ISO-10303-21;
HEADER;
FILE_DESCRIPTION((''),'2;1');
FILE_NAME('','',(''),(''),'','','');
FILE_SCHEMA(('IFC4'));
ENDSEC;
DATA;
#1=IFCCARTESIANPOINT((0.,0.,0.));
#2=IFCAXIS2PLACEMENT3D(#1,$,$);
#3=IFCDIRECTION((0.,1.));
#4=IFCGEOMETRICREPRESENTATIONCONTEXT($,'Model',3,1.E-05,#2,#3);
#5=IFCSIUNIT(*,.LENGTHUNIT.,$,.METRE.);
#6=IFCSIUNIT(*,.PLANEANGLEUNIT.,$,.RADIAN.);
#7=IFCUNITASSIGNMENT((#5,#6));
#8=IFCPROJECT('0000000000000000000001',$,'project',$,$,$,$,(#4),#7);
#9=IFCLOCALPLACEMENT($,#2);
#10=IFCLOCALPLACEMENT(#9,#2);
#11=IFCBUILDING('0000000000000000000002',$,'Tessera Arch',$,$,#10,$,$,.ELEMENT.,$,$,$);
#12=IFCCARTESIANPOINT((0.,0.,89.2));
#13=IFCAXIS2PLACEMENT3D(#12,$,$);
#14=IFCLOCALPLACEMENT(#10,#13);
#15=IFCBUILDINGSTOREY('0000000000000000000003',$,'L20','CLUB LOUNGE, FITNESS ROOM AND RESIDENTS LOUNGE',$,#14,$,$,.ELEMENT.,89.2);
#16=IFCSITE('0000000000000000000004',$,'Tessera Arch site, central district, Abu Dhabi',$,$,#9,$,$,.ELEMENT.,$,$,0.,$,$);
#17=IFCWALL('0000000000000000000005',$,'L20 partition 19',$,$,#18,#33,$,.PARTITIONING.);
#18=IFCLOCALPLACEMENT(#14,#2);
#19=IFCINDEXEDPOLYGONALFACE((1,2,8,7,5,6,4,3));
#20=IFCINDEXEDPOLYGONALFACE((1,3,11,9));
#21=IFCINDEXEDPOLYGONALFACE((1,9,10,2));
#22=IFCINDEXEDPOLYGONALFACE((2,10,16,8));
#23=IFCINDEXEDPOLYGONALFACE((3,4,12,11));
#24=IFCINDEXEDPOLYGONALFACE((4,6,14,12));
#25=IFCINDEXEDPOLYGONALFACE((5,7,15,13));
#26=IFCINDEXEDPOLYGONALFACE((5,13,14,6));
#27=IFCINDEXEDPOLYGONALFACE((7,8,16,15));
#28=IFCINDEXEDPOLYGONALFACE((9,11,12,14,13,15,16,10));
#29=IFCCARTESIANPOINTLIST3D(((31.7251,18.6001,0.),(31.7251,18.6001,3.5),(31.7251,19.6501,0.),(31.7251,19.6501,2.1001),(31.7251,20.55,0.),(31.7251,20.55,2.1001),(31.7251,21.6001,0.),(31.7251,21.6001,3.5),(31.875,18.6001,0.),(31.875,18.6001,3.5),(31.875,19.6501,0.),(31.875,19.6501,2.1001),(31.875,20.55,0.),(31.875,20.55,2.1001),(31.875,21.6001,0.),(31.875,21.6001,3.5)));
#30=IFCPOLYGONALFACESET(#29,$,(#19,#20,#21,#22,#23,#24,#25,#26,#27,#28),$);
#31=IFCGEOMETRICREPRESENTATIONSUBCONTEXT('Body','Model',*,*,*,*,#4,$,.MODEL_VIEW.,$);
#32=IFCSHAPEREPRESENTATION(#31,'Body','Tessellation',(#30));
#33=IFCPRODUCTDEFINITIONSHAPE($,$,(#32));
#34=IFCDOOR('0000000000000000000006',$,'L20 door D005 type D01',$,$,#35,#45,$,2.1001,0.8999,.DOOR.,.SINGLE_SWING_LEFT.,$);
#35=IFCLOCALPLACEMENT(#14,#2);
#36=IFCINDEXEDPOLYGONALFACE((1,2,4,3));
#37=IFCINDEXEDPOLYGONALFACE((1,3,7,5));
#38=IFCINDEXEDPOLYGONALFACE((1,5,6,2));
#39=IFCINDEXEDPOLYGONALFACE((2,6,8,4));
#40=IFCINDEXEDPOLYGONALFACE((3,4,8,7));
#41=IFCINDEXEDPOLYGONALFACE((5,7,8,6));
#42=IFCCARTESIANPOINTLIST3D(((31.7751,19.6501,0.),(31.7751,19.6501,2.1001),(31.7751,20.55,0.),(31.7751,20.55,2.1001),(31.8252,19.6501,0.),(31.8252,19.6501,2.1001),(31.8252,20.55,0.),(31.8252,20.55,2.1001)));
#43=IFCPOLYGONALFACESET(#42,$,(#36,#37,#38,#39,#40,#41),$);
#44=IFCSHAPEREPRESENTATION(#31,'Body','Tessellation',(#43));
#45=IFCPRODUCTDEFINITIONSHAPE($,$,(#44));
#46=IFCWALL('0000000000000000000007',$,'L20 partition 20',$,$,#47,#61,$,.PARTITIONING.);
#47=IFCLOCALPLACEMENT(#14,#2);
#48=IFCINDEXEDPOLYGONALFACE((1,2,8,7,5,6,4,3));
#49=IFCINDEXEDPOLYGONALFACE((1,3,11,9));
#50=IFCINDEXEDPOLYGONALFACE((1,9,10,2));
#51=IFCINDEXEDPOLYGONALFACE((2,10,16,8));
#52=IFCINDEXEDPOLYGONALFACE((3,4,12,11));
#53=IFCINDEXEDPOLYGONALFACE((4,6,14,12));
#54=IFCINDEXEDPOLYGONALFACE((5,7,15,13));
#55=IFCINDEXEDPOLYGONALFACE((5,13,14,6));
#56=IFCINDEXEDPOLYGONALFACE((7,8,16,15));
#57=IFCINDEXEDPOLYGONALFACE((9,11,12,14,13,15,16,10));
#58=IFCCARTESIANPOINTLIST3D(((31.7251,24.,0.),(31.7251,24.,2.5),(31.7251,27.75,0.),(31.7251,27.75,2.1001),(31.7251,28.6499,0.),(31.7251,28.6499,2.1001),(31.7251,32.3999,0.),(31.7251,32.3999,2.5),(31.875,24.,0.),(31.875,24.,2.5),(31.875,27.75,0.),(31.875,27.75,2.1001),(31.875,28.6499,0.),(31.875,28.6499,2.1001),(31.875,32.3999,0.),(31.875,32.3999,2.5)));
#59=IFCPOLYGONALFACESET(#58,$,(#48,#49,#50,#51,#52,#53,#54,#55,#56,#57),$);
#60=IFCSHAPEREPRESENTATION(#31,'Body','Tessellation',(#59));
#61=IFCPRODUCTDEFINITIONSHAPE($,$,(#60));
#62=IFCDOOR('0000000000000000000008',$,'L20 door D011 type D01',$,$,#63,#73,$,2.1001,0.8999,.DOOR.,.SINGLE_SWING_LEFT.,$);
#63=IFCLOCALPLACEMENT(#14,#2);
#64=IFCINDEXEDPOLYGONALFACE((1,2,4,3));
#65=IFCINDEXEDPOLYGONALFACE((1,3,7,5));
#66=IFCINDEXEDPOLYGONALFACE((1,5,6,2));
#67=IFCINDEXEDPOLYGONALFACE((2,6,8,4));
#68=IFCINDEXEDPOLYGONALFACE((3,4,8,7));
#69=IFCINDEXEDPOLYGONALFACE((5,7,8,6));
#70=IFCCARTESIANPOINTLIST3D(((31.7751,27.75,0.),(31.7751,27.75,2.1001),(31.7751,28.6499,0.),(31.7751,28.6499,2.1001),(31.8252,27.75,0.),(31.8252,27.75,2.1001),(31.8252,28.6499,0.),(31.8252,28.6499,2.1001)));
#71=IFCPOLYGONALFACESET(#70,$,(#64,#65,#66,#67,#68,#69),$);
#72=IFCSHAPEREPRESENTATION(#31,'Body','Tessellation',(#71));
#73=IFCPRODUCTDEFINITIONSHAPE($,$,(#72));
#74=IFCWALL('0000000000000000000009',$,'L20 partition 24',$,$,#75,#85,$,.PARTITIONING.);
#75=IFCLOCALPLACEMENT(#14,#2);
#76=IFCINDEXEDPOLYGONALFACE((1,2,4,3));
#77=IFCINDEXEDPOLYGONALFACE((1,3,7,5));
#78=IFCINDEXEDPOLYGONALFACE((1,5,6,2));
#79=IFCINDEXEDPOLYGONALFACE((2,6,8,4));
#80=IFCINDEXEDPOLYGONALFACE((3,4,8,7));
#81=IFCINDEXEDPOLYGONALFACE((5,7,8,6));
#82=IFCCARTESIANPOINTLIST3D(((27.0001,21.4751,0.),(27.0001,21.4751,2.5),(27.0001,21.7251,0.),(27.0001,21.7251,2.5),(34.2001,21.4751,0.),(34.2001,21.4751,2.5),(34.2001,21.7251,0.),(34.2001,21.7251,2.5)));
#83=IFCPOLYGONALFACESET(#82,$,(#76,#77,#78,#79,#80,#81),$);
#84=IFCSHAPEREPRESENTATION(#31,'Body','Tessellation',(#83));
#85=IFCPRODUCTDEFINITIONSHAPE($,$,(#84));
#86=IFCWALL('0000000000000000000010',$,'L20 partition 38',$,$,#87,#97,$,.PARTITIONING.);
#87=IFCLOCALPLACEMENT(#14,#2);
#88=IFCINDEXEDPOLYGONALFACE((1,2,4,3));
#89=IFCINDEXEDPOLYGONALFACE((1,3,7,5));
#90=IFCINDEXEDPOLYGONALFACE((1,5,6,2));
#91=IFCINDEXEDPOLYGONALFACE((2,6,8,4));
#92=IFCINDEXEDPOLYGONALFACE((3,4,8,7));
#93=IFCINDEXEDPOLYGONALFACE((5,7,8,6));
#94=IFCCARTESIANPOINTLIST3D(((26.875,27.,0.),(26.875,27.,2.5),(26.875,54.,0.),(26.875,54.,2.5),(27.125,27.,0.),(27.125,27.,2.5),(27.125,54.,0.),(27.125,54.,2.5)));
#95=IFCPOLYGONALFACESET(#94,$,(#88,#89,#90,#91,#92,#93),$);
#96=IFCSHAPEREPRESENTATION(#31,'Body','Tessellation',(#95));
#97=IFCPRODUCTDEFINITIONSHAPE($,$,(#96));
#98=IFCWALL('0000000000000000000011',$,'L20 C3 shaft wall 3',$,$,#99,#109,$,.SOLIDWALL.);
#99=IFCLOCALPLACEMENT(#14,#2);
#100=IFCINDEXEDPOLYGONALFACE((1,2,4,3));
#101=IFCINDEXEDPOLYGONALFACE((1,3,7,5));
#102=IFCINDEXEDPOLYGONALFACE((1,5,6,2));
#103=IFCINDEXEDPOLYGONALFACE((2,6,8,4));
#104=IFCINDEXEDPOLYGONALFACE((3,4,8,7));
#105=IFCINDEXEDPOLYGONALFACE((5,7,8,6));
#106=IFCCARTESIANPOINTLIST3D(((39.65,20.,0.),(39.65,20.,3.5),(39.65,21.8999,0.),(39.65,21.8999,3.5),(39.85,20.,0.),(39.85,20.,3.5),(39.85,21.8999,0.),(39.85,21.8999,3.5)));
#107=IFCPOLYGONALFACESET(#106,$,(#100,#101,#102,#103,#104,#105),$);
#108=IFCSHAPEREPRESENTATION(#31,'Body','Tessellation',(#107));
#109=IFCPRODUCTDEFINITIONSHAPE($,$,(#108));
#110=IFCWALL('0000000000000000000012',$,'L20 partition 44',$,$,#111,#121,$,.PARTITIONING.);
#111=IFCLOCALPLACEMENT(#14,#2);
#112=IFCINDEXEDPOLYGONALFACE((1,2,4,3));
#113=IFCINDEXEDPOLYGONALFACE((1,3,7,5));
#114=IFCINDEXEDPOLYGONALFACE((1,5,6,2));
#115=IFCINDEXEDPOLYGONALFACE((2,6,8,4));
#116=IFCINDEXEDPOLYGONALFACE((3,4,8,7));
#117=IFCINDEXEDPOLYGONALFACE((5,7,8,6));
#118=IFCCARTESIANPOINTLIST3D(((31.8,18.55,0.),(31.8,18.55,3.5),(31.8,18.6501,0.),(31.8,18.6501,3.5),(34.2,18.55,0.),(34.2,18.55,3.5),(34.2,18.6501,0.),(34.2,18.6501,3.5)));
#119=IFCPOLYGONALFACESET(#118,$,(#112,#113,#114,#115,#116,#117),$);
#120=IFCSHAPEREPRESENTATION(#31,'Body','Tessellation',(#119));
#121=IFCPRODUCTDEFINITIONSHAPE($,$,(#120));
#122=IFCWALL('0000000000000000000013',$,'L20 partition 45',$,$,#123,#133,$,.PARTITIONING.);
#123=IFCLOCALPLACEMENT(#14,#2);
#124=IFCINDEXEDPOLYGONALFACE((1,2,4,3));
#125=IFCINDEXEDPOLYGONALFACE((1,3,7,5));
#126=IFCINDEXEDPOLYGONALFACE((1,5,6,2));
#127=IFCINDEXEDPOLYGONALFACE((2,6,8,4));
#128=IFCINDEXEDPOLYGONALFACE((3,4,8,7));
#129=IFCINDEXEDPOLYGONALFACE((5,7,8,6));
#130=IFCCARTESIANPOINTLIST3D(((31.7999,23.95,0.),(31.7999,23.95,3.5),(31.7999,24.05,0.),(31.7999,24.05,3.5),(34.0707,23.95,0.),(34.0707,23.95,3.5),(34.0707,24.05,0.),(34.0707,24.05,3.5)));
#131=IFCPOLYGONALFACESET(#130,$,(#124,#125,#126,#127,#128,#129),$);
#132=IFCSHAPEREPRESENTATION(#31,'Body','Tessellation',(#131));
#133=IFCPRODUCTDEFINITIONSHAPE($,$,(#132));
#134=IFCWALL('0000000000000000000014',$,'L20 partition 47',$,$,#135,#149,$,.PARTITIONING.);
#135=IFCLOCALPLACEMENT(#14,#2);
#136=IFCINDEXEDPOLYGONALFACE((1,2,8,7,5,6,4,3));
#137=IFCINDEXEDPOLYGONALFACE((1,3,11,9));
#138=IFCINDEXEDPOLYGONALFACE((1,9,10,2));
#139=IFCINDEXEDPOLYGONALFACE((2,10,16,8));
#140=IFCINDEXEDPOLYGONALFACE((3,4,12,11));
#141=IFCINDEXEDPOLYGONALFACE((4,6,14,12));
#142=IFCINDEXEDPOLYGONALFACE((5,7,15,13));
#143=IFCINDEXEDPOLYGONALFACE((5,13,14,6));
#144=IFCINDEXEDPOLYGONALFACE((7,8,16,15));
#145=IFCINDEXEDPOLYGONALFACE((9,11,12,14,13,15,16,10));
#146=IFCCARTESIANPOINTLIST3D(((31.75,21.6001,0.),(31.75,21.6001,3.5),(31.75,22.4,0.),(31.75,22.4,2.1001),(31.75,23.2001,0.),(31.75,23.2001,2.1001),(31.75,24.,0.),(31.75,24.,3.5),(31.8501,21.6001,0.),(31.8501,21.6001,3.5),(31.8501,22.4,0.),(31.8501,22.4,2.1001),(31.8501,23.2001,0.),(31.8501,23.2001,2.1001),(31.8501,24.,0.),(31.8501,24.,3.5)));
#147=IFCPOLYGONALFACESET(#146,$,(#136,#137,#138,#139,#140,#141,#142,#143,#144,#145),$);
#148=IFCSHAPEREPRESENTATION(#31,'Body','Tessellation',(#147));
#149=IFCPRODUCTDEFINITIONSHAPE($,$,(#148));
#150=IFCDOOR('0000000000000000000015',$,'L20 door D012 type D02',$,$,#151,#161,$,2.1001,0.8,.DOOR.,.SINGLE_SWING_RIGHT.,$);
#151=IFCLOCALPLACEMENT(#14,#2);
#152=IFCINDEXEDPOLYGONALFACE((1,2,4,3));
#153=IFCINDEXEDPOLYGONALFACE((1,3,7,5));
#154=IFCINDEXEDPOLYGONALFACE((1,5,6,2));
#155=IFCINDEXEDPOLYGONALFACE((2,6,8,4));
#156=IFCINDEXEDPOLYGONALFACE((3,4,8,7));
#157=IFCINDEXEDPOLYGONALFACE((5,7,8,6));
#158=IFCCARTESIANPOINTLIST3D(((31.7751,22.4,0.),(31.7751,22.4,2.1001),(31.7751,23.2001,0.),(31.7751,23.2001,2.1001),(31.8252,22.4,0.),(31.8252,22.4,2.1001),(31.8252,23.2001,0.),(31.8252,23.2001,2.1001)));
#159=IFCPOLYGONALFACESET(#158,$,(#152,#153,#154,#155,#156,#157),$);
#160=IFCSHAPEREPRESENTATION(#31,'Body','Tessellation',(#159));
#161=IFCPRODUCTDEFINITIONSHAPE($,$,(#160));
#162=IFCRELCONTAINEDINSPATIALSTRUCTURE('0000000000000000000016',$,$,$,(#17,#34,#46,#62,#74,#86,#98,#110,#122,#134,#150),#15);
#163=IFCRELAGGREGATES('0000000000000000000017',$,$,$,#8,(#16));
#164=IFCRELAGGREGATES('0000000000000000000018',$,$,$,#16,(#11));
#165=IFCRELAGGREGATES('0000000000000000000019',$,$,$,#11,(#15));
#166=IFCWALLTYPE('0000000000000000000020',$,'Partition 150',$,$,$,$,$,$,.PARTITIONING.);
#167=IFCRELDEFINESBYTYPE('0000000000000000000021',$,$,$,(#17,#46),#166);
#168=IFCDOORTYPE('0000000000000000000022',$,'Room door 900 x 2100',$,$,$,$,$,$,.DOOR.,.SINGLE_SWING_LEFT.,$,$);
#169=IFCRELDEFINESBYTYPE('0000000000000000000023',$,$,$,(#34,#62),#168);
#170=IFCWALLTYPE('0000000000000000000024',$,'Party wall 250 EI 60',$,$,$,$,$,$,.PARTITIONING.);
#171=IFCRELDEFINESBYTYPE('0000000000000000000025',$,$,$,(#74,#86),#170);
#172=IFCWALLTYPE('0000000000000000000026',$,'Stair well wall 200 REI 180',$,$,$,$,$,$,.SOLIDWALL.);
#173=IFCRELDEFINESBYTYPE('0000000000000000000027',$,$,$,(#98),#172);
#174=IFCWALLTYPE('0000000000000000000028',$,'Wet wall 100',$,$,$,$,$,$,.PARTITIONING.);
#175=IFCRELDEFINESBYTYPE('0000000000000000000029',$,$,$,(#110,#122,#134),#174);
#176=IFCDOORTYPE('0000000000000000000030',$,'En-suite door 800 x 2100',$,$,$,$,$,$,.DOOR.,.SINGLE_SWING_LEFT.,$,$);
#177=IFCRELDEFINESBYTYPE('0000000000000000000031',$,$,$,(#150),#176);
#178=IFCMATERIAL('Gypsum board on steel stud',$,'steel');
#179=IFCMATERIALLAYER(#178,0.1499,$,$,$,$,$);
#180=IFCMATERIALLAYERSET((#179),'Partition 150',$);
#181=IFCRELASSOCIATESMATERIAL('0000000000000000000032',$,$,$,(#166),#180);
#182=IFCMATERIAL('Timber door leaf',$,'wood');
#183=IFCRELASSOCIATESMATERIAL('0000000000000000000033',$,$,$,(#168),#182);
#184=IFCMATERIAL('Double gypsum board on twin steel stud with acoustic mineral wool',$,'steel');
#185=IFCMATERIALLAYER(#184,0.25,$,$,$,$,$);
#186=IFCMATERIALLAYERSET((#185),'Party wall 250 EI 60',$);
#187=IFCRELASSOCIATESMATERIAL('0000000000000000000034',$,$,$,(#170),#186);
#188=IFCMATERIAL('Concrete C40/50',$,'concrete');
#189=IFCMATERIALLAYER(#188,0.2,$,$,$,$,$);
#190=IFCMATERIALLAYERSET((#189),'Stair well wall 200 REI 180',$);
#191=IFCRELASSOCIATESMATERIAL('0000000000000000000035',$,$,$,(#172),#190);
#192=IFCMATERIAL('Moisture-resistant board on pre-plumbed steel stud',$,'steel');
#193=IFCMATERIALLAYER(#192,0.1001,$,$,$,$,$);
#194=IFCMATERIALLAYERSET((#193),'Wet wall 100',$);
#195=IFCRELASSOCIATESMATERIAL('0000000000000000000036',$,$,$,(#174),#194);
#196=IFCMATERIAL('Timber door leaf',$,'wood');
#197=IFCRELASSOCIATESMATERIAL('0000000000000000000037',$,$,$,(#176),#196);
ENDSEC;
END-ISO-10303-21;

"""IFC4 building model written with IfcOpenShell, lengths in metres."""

from ifc_helpers import new_model, si_unit, direction, frame, frame_2d, origin, place, context, subcontext, project, spatial, rectangle, extrude, material, layer, layer_set, type_object, element, fill, save


model = new_model("IFC4")

# Units and contexts
model_context = context("Model", 3, precision=1e-05, world=origin(), true_north=direction((0.0, 1.0)))
body_context = subcontext(model_context, "Body", "Model", "MODEL_VIEW")
ifc_project = project(units=[si_unit("LENGTHUNIT", "METRE"), si_unit("PLANEANGLEUNIT", "RADIAN")], contexts=[model_context])

# Site, building, storey
site_placement = place(None, origin())
site = spatial("IfcSite", under=ifc_project, at=site_placement, Name="Tessera Arch site, central district, Abu Dhabi", CompositionType="ELEMENT", RefElevation=0.0)
building_placement = place(site_placement, origin())
building = spatial("IfcBuilding", under=site, at=building_placement, Name="Tessera Arch", CompositionType="ELEMENT")
storey_placement = place(building_placement, frame((0.0, 0.0, 89.2)))
storey = spatial("IfcBuildingStorey", under=building, at=storey_placement, Name="L20", Description="CLUB LOUNGE, FITNESS ROOM AND RESIDENTS LOUNGE", CompositionType="ELEMENT", Elevation=89.2)

# Walls, openings, doors
ifc_material_1 = material(Name="Gypsum board on steel stud", Category="steel")
ifc_layer_1 = layer(ifc_material_1, 0.1499)
ifc_layer_set_1 = layer_set([ifc_layer_1], Name="Partition 150")
wall_type_1 = type_object("IfcWallType", Name="Partition 150", PredefinedType="PARTITIONING", material=ifc_layer_set_1)
wall_1_placement = place(storey_placement, frame((31.8, 18.6001, 0.0), z_axis=(0.0, 0.0, 1.0), x_axis=(0.0, 1.0, 0.0)))
wall_1 = element("IfcWall", 1, at=wall_1_placement, inside=storey, type_object=wall_type_1, Name="L20 partition 19", PredefinedType="PARTITIONING", context=body_context, shape_type="SweptSolid", body=[
    extrude(rectangle(XDim=3.0, YDim=0.1499, at=frame_2d((1.5, 0.0))), origin(), (0.0, 0.0, 1.0), 3.5),
])
opening_1_placement = place(wall_1_placement, frame((1.05, 0.0, 0.0)))
opening_1 = element("IfcOpeningElement", 2, at=opening_1_placement, cuts=wall_1, PredefinedType="OPENING", context=body_context, shape_type="SweptSolid", body=[
    extrude(rectangle(XDim=0.8999, YDim=2.1001, at=frame_2d((0.45, 1.05))), frame((0.0, 0.085, 0.0), z_axis=(0.0, -1.0, 0.0), x_axis=(1.0, 0.0, 0.0)), (0.0, 0.0, 1.0), 0.1699),
])
ifc_material_2 = material(Name="Timber door leaf", Category="wood")
door_type_1 = type_object("IfcDoorType", Name="Room door 900 x 2100", OperationType="SINGLE_SWING_LEFT", PredefinedType="DOOR", material=ifc_material_2)
door_1_placement = place(opening_1_placement, origin())
door_1 = element("IfcDoor", 3, at=door_1_placement, inside=storey, type_object=door_type_1, Name="L20 door D005 type D01", OperationType="SINGLE_SWING_LEFT", OverallHeight=2.1001, OverallWidth=0.8999, PredefinedType="DOOR", context=body_context, shape_type="SweptSolid", body=[
    extrude(rectangle(XDim=0.8999, YDim=2.1001, at=frame_2d((0.45, 1.05))), frame((0.0, 0.0249, 0.0), z_axis=(0.0, -1.0, 0.0), x_axis=(1.0, 0.0, 0.0)), (0.0, 0.0, 1.0), 0.05),
])
fill(opening_1, door_1)
wall_2_placement = place(storey_placement, frame((31.8, 24.0, 0.0), z_axis=(0.0, 0.0, 1.0), x_axis=(0.0, 1.0, 0.0)))
wall_2 = element("IfcWall", 4, at=wall_2_placement, inside=storey, type_object=wall_type_1, Name="L20 partition 20", PredefinedType="PARTITIONING", context=body_context, shape_type="SweptSolid", body=[
    extrude(rectangle(XDim=8.3999, YDim=0.1499, at=frame_2d((4.2, 0.0))), origin(), (0.0, 0.0, 1.0), 2.5),
])
opening_2_placement = place(wall_2_placement, frame((3.75, 0.0, 0.0)))
opening_2 = element("IfcOpeningElement", 5, at=opening_2_placement, cuts=wall_2, PredefinedType="OPENING", context=body_context, shape_type="SweptSolid", body=[
    extrude(rectangle(XDim=0.8999, YDim=2.1001, at=frame_2d((0.45, 1.05))), frame((0.0, 0.085, 0.0), z_axis=(0.0, -1.0, 0.0), x_axis=(1.0, 0.0, 0.0)), (0.0, 0.0, 1.0), 0.1699),
])
door_2_placement = place(opening_2_placement, origin())
door_2 = element("IfcDoor", 6, at=door_2_placement, inside=storey, type_object=door_type_1, Name="L20 door D011 type D01", OperationType="SINGLE_SWING_LEFT", OverallHeight=2.1001, OverallWidth=0.8999, PredefinedType="DOOR", context=body_context, shape_type="SweptSolid", body=[
    extrude(rectangle(XDim=0.8999, YDim=2.1001, at=frame_2d((0.45, 1.05))), frame((0.0, 0.0249, 0.0), z_axis=(0.0, -1.0, 0.0), x_axis=(1.0, 0.0, 0.0)), (0.0, 0.0, 1.0), 0.05),
])
fill(opening_2, door_2)

# Walls
ifc_material_3 = material(Name="Double gypsum board on twin steel stud with acoustic mineral wool", Category="steel")
ifc_layer_2 = layer(ifc_material_3, 0.25)
ifc_layer_set_2 = layer_set([ifc_layer_2], Name="Party wall 250 EI 60")
wall_type_2 = type_object("IfcWallType", Name="Party wall 250 EI 60", PredefinedType="PARTITIONING", material=ifc_layer_set_2)
wall_3_placement = place(storey_placement, frame((27.0, 21.6001, 0.0), z_axis=(0.0, 0.0, 1.0), x_axis=(1.0, 0.0, 0.0)))
element("IfcWall", 7, at=wall_3_placement, inside=storey, type_object=wall_type_2, Name="L20 partition 24", PredefinedType="PARTITIONING", context=body_context, shape_type="SweptSolid", body=[
    extrude(rectangle(XDim=7.2, YDim=0.25, at=frame_2d((3.6001, 0.0))), origin(), (0.0, 0.0, 1.0), 2.5),
])
wall_4_placement = place(storey_placement, frame((27.0, 27.0, 0.0), z_axis=(0.0, 0.0, 1.0), x_axis=(0.0, 1.0, 0.0)))
element("IfcWall", 8, at=wall_4_placement, inside=storey, type_object=wall_type_2, Name="L20 partition 38", PredefinedType="PARTITIONING", context=body_context, shape_type="SweptSolid", body=[
    extrude(rectangle(XDim=27.0, YDim=0.25, at=frame_2d((13.5, 0.0))), origin(), (0.0, 0.0, 1.0), 2.5),
])
ifc_material_4 = material(Name="Concrete C40/50", Category="concrete")
ifc_layer_3 = layer(ifc_material_4, 0.2)
ifc_layer_set_3 = layer_set([ifc_layer_3], Name="Stair well wall 200 REI 180")
wall_type_3 = type_object("IfcWallType", Name="Stair well wall 200 REI 180", PredefinedType="SOLIDWALL", material=ifc_layer_set_3)
wall_5_placement = place(storey_placement, frame((39.75, 20.0, 0.0), z_axis=(0.0, 0.0, 1.0), x_axis=(0.0, 1.0, 0.0)))
element("IfcWall", 9, at=wall_5_placement, inside=storey, type_object=wall_type_3, Name="L20 C3 shaft wall 3", PredefinedType="SOLIDWALL", context=body_context, shape_type="SweptSolid", body=[
    extrude(rectangle(XDim=1.8999, YDim=0.2, at=frame_2d((0.95, 0.0))), origin(), (0.0, 0.0, 1.0), 3.5),
])
ifc_material_5 = material(Name="Moisture-resistant board on pre-plumbed steel stud", Category="steel")
ifc_layer_4 = layer(ifc_material_5, 0.1001)
ifc_layer_set_4 = layer_set([ifc_layer_4], Name="Wet wall 100")
wall_type_4 = type_object("IfcWallType", Name="Wet wall 100", PredefinedType="PARTITIONING", material=ifc_layer_set_4)
wall_6_placement = place(storey_placement, frame((31.8, 18.6001, 0.0), z_axis=(0.0, 0.0, 1.0), x_axis=(1.0, 0.0, 0.0)))
element("IfcWall", 10, at=wall_6_placement, inside=storey, type_object=wall_type_4, Name="L20 partition 44", PredefinedType="PARTITIONING", context=body_context, shape_type="SweptSolid", body=[
    extrude(rectangle(XDim=2.3999, YDim=0.1001, at=frame_2d((1.2, 0.0))), origin(), (0.0, 0.0, 1.0), 3.5),
])
wall_7_placement = place(storey_placement, frame((31.8, 24.0, 0.0), z_axis=(0.0, 0.0, 1.0), x_axis=(1.0, 0.0, 0.0)))
element("IfcWall", 11, at=wall_7_placement, inside=storey, type_object=wall_type_4, Name="L20 partition 45", PredefinedType="PARTITIONING", context=body_context, shape_type="SweptSolid", body=[
    extrude(rectangle(XDim=2.2708, YDim=0.1001, at=frame_2d((1.1353, 0.0))), origin(), (0.0, 0.0, 1.0), 3.5),
])

# Wall, opening, door
wall_8_placement = place(storey_placement, frame((31.8, 21.6001, 0.0), z_axis=(0.0, 0.0, 1.0), x_axis=(0.0, 1.0, 0.0)))
wall_8 = element("IfcWall", 12, at=wall_8_placement, inside=storey, type_object=wall_type_4, Name="L20 partition 47", PredefinedType="PARTITIONING", context=body_context, shape_type="SweptSolid", body=[
    extrude(rectangle(XDim=2.3999, YDim=0.1001, at=frame_2d((1.2, 0.0))), origin(), (0.0, 0.0, 1.0), 3.5),
])
opening_3_placement = place(wall_8_placement, frame((0.8, 0.0, 0.0)))
opening_3 = element("IfcOpeningElement", 13, at=opening_3_placement, cuts=wall_8, PredefinedType="OPENING", context=body_context, shape_type="SweptSolid", body=[
    extrude(rectangle(XDim=0.8, YDim=2.1001, at=frame_2d((0.3999, 1.05))), frame((0.0, 0.0601, 0.0), z_axis=(0.0, -1.0, 0.0), x_axis=(1.0, 0.0, 0.0)), (0.0, 0.0, 1.0), 0.1201),
])
ifc_material_6 = material(Name="Timber door leaf", Category="wood")
door_type_2 = type_object("IfcDoorType", Name="En-suite door 800 x 2100", OperationType="SINGLE_SWING_LEFT", PredefinedType="DOOR", material=ifc_material_6)
door_3_placement = place(opening_3_placement, origin())
door_3 = element("IfcDoor", 14, at=door_3_placement, inside=storey, type_object=door_type_2, Name="L20 door D012 type D02", OperationType="SINGLE_SWING_RIGHT", OverallHeight=2.1001, OverallWidth=0.8, PredefinedType="DOOR", context=body_context, shape_type="SweptSolid", body=[
    extrude(rectangle(XDim=0.8, YDim=2.1001, at=frame_2d((0.3999, 1.05))), frame((0.0, 0.0249, 0.0), z_axis=(0.0, -1.0, 0.0), x_axis=(1.0, 0.0, 0.0)), (0.0, 0.0, 1.0), 0.05),
])
fill(opening_3, door_3)

save(model, "model.ifc")
